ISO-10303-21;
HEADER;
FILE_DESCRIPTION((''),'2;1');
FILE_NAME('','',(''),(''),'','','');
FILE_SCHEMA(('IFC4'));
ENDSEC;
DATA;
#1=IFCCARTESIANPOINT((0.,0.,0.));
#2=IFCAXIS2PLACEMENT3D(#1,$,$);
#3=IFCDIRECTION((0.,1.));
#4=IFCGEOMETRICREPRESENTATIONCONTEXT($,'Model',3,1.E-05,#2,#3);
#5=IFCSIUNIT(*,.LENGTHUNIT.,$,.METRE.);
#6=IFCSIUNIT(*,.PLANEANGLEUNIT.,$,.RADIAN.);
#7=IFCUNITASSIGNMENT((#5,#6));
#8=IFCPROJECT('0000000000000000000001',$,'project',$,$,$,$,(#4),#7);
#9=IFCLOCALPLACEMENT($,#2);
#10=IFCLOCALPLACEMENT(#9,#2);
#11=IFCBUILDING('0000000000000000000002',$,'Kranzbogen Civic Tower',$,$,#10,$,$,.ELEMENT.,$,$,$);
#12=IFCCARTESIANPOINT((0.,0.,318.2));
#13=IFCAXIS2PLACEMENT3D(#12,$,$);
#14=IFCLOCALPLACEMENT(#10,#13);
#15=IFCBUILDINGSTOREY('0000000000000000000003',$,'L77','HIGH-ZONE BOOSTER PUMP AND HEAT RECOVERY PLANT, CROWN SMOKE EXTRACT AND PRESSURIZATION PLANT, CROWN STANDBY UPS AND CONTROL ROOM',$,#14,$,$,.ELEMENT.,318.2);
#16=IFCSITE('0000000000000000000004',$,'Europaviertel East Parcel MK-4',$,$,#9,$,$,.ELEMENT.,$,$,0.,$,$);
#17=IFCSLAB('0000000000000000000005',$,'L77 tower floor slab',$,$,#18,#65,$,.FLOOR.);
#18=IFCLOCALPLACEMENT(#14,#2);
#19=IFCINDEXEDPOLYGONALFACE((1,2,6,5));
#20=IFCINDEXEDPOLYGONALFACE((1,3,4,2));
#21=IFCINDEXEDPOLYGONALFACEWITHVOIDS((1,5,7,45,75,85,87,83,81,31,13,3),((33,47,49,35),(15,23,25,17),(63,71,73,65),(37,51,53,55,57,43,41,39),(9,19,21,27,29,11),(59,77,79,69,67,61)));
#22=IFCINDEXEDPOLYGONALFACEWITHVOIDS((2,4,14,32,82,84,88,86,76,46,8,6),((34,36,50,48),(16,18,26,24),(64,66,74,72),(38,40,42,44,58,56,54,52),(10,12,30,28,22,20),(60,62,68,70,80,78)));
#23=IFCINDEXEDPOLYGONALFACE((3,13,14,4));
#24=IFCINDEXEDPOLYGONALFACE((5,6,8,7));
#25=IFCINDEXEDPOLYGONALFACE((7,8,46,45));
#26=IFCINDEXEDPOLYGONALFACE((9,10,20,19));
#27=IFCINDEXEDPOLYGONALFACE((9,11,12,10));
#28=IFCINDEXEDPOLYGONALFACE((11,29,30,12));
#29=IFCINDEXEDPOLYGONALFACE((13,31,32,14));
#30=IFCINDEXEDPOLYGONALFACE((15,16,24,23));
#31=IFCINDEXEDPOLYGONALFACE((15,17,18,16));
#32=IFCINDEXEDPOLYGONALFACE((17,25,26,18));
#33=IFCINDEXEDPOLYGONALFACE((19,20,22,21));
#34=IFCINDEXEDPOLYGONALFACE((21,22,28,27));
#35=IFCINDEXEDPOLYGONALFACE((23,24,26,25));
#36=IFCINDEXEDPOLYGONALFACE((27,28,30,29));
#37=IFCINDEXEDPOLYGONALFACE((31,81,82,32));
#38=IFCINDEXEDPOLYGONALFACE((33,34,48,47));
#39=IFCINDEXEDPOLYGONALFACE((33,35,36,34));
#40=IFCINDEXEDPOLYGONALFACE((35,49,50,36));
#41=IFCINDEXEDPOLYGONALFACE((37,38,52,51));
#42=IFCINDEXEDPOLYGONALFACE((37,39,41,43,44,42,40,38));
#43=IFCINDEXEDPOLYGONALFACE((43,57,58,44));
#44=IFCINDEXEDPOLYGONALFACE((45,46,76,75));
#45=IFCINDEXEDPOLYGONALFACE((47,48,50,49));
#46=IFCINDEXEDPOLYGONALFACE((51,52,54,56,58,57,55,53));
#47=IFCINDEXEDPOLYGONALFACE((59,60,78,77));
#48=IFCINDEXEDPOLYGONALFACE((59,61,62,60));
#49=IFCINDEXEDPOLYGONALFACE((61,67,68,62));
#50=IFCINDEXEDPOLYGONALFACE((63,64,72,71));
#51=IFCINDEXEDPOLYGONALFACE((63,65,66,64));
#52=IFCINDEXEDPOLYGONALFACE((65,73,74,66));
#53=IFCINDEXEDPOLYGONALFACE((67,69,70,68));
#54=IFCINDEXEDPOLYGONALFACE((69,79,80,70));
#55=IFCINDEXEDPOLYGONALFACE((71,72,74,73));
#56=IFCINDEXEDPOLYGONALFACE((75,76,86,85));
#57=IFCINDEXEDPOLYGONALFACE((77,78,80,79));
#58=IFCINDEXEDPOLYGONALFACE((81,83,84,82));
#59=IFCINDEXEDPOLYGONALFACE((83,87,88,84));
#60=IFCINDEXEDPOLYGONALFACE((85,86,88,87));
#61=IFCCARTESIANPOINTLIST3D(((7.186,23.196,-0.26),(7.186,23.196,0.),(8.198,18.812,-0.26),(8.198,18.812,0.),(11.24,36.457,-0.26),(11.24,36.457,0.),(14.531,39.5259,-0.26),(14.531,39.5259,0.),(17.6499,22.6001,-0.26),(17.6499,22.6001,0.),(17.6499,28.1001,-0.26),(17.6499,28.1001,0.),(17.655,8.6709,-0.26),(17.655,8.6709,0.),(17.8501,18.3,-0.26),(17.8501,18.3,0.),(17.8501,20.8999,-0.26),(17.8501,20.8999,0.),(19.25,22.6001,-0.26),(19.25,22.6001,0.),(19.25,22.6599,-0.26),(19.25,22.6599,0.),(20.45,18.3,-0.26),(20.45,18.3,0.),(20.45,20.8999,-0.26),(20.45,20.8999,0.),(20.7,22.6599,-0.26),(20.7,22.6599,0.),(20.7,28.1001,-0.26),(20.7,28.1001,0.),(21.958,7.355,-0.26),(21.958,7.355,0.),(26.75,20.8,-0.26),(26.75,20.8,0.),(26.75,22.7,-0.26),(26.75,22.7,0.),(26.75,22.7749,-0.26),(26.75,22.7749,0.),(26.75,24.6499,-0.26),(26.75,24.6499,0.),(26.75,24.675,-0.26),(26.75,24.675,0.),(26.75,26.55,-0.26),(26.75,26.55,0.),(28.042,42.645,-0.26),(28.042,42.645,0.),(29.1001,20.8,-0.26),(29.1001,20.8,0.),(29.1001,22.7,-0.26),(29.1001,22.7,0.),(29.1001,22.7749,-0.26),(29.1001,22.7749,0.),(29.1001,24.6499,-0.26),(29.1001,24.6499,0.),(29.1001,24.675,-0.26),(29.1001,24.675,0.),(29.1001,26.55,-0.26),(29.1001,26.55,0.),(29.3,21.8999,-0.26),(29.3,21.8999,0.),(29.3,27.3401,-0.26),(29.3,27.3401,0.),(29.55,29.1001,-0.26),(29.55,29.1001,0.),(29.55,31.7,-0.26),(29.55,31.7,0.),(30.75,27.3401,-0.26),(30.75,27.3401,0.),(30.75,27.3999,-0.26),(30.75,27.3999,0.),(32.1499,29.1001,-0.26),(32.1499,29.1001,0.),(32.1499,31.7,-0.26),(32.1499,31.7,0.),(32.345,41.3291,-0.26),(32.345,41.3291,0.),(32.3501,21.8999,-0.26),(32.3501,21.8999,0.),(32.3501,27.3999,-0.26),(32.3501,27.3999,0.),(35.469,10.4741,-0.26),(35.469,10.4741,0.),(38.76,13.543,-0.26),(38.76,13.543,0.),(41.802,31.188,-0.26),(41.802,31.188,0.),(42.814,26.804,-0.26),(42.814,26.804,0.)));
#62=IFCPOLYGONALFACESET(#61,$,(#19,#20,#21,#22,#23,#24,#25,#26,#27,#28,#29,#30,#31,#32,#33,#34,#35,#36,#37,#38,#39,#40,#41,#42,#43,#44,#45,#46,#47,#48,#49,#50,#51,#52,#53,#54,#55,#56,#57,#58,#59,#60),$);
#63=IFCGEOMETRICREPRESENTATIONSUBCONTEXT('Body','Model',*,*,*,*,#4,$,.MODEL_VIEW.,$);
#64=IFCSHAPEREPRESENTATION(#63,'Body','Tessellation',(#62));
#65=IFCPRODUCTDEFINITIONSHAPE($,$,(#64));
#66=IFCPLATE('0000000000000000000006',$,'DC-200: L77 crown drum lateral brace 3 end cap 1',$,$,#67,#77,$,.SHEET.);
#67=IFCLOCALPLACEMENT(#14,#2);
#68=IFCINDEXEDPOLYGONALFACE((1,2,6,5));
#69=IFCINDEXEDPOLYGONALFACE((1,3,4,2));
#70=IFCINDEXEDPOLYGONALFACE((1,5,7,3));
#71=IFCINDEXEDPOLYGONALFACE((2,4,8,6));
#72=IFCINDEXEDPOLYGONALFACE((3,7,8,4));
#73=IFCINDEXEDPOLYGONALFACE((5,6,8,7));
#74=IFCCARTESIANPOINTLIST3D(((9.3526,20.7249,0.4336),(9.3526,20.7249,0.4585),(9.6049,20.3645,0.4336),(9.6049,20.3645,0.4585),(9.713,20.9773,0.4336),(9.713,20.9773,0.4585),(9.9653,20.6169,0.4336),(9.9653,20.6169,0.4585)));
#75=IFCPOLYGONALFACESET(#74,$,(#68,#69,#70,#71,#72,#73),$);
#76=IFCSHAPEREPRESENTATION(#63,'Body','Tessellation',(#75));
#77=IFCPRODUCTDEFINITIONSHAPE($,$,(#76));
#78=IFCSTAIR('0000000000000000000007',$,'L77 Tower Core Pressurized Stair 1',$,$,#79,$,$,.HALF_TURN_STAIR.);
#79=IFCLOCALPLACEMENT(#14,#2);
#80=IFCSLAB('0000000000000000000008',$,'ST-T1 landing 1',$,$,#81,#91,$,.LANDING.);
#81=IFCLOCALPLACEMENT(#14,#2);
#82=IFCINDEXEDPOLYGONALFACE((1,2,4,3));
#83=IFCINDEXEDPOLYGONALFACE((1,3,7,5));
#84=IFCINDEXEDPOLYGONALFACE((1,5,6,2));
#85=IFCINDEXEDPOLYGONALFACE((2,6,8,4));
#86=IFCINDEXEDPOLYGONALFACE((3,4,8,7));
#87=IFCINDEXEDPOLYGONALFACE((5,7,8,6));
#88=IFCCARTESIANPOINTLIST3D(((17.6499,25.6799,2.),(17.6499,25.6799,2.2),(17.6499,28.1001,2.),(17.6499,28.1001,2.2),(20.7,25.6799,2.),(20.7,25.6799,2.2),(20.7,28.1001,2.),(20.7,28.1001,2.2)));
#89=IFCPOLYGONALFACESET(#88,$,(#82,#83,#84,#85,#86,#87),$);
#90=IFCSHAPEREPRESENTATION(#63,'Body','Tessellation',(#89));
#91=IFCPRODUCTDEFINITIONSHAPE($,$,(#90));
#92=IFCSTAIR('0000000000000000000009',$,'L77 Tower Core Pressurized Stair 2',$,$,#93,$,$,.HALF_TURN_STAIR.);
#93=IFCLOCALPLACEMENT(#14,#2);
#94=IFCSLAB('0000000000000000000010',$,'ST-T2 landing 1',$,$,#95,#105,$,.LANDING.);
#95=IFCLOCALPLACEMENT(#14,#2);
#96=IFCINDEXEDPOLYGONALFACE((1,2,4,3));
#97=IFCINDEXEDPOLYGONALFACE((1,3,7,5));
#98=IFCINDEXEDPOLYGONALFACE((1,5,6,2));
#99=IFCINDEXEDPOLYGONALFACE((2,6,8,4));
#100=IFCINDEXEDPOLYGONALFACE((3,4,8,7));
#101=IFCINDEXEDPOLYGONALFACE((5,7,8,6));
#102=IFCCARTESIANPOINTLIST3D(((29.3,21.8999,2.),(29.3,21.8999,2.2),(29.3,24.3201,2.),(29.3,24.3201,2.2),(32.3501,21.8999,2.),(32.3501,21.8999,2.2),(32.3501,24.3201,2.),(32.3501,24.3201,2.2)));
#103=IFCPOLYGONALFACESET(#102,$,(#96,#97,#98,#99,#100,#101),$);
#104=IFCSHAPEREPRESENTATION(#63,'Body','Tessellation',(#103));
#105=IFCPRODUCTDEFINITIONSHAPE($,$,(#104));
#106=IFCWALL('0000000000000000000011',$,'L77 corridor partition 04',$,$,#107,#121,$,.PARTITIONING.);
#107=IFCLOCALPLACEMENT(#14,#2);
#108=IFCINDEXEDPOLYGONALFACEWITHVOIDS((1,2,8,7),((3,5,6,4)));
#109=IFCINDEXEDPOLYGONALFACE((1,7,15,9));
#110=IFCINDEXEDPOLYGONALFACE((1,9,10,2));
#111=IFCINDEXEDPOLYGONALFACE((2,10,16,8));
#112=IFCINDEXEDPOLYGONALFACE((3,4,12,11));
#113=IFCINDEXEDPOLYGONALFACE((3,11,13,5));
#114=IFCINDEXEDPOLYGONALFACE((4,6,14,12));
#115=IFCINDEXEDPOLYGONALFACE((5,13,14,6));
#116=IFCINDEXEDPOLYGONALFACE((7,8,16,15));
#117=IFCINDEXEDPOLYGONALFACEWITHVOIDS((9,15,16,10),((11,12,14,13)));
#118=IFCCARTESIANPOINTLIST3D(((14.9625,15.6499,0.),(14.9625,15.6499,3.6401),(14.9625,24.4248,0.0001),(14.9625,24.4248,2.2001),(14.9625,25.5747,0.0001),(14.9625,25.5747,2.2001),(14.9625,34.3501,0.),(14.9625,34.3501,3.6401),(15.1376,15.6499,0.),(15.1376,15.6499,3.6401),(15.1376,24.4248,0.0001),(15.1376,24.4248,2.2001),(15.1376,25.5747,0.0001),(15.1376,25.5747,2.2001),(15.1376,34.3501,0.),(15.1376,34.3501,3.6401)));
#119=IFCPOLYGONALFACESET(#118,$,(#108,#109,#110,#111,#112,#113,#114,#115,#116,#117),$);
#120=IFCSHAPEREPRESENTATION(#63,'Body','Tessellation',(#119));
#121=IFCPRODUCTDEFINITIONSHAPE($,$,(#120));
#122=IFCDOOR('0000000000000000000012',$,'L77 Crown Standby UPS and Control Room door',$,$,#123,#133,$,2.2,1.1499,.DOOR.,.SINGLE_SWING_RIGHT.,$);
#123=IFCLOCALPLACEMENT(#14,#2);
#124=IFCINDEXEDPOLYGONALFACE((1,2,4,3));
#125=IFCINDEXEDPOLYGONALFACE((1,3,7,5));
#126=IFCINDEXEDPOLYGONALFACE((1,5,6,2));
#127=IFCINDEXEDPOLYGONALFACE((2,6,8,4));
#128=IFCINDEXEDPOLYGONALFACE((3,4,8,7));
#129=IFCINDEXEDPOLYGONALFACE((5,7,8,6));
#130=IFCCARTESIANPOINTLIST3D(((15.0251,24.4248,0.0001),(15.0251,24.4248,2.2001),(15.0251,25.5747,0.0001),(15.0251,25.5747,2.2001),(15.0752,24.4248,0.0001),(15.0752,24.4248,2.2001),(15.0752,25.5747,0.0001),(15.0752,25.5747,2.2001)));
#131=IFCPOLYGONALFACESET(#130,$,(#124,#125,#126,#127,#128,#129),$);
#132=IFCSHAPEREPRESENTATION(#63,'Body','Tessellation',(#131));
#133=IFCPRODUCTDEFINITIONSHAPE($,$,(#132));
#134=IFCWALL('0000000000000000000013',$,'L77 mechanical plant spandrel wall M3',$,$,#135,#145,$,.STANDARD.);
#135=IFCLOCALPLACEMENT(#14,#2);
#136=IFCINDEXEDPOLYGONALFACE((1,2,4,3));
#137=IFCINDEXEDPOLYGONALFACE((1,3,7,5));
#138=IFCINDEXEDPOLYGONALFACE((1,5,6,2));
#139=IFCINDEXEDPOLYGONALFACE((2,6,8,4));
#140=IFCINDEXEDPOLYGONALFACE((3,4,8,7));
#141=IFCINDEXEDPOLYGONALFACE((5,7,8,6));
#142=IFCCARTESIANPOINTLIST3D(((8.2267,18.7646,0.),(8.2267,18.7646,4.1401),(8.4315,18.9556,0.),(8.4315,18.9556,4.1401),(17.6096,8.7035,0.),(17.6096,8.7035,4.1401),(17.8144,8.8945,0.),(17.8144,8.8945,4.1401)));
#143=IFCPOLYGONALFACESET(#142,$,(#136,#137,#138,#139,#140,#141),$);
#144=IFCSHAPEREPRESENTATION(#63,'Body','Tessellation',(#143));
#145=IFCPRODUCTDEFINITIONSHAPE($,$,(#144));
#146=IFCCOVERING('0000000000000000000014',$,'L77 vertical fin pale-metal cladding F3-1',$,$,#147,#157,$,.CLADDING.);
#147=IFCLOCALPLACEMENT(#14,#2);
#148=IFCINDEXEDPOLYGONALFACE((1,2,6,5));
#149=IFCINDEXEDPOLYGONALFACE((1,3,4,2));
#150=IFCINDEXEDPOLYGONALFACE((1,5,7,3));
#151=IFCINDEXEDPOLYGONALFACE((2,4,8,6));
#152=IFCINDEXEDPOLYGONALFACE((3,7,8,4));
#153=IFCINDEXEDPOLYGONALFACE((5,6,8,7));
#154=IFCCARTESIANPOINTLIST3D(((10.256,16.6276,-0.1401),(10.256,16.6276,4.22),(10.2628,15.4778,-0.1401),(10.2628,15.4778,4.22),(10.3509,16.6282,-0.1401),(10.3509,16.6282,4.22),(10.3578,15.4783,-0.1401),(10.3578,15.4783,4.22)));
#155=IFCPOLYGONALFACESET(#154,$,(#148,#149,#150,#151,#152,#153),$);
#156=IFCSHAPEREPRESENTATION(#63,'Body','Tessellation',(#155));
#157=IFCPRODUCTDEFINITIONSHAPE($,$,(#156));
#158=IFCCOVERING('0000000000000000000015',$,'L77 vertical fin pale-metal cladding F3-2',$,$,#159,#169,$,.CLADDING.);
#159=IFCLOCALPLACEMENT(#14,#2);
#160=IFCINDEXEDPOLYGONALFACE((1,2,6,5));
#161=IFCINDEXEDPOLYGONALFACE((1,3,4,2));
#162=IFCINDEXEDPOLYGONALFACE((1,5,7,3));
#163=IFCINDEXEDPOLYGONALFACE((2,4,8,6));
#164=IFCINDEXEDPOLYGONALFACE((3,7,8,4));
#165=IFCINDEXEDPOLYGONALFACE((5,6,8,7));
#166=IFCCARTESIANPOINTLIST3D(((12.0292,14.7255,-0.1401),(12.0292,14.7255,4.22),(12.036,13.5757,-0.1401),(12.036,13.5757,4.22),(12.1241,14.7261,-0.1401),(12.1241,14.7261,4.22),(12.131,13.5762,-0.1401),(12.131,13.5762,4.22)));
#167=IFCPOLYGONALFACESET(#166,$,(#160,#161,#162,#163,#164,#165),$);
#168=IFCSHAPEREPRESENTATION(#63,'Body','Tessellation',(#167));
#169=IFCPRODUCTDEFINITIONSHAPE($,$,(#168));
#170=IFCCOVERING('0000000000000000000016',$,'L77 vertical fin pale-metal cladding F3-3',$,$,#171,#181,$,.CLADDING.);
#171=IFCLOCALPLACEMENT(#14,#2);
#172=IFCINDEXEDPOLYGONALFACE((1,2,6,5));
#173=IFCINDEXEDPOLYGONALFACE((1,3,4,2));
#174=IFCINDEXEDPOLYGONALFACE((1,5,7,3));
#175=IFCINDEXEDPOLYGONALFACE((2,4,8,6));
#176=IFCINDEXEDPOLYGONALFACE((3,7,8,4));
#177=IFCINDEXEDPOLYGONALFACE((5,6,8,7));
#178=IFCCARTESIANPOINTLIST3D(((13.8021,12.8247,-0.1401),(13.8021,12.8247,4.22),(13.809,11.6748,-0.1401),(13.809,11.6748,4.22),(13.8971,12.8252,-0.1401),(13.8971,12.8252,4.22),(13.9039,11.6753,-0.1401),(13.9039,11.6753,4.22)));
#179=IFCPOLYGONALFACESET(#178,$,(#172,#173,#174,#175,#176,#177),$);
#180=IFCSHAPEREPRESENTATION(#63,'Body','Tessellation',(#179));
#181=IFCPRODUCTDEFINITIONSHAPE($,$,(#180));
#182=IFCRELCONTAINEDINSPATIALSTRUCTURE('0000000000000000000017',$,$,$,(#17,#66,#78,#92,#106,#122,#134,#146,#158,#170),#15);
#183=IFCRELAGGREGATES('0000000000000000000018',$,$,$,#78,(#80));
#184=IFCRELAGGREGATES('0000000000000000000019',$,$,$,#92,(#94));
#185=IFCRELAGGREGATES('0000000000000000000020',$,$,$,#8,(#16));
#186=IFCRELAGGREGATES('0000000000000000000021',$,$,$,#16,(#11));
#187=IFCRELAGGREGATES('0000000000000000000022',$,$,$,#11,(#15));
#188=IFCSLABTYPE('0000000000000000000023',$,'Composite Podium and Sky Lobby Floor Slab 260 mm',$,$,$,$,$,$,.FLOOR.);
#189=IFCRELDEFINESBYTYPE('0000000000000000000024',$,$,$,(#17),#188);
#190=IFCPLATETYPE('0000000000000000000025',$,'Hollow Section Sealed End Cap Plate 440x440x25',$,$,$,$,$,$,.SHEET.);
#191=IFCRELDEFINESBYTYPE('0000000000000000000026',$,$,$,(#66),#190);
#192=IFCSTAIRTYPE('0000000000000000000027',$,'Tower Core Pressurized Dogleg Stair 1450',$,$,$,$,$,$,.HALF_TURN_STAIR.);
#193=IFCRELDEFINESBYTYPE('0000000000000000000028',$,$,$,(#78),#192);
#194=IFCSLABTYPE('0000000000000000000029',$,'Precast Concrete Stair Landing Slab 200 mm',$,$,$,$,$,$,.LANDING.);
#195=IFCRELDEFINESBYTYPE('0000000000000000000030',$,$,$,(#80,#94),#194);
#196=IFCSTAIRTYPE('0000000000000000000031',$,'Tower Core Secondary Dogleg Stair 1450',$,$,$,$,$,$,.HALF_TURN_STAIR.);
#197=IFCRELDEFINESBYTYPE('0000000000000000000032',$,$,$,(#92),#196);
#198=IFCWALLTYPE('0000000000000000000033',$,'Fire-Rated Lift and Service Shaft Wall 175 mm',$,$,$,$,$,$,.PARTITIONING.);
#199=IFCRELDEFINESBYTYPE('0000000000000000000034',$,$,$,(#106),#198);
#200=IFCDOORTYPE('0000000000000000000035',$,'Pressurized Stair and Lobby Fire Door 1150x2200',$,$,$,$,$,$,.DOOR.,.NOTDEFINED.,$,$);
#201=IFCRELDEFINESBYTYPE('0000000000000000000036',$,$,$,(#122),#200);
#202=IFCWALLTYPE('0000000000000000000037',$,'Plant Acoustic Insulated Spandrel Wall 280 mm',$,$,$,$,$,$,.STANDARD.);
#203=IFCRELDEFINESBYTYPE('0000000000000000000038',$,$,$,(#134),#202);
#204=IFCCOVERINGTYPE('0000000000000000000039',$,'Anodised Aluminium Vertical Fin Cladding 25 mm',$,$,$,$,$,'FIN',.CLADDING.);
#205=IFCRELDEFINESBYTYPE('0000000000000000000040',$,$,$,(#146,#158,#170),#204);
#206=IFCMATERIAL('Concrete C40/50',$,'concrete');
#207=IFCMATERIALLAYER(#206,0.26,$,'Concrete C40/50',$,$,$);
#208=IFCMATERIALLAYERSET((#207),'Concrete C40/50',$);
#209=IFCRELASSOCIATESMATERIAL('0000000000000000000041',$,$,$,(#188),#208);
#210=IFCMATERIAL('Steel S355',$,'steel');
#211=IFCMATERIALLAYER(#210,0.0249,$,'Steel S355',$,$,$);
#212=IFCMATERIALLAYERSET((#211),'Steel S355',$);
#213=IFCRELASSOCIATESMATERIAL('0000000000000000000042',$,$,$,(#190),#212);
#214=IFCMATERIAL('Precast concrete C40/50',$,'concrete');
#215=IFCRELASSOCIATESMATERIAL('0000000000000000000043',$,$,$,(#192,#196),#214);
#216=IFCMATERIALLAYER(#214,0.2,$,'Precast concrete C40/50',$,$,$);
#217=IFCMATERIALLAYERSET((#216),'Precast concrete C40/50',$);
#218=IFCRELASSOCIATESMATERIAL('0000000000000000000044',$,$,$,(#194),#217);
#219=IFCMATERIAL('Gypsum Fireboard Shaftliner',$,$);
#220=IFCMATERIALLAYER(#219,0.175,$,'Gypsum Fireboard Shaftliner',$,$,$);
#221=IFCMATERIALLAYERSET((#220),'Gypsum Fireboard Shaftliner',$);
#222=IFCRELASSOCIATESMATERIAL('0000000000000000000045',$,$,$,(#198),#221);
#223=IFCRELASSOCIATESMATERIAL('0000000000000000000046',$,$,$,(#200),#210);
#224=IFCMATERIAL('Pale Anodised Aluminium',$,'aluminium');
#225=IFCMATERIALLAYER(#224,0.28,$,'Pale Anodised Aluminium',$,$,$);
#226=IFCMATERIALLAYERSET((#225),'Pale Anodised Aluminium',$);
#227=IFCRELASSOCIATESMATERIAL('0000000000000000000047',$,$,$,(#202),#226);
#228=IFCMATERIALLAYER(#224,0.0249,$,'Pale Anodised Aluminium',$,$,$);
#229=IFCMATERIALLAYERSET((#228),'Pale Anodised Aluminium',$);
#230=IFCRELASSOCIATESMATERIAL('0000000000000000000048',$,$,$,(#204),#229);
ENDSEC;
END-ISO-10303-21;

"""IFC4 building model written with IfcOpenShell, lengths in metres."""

from ifc_helpers import new_model, si_unit, direction, frame, frame_2d, origin, origin_2d, place, context, subcontext, project, spatial, polyline, rectangle, outline, extrude, material, layer, layer_set, type_object, element, fill, aggregate, save


model = new_model("IFC4")

# Units and contexts
model_context = context("Model", 3, precision=1e-05, world=origin(), true_north=direction((0.0, 1.0)))
body_context = subcontext(model_context, "Body", "Model", "MODEL_VIEW")
ifc_project = project(units=[si_unit("LENGTHUNIT", "METRE"), si_unit("PLANEANGLEUNIT", "RADIAN")], contexts=[model_context])

# Site, building, storey
site_placement = place(None, origin())
site = spatial("IfcSite", under=ifc_project, at=site_placement, Name="Europaviertel East Parcel MK-4", CompositionType="ELEMENT", RefElevation=0.0)
building_placement = place(site_placement, origin())
building = spatial("IfcBuilding", under=site, at=building_placement, Name="Kranzbogen Civic Tower", CompositionType="ELEMENT")
storey_placement = place(building_placement, frame((0.0, 0.0, 318.2)))
storey = spatial("IfcBuildingStorey", under=building, at=storey_placement, Name="L77", Description="HIGH-ZONE BOOSTER PUMP AND HEAT RECOVERY PLANT, CROWN SMOKE EXTRACT AND PRESSURIZATION PLANT, CROWN STANDBY UPS AND CONTROL ROOM", CompositionType="ELEMENT", Elevation=318.2)

# Shared definitions
ifc_material_1 = material(Name="Steel S355", Category="steel")

# Slab
ifc_material_2 = material(Name="Concrete C40/50", Category="concrete")
ifc_layer_1 = layer(ifc_material_2, 0.26, Name="Concrete C40/50")
ifc_layer_set_1 = layer_set([ifc_layer_1], Name="Concrete C40/50")
slab_type_1 = type_object("IfcSlabType", Name="Composite Podium and Sky Lobby Floor Slab 260 mm", PredefinedType="FLOOR", material=ifc_layer_set_1)
slab_1_placement = place(storey_placement, frame((0.0, 0.0, -0.26)))
element("IfcSlab", 1, at=slab_1_placement, inside=storey, type_object=slab_type_1, Name="L77 tower floor slab", PredefinedType="FLOOR", context=body_context, shape_type="SweptSolid", body=[
    extrude(outline(polyline([(28.042, 42.645), (14.531, 39.5259), (11.24, 36.457), (7.186, 23.196), (8.198, 18.812), (17.655, 8.6709), (21.958, 7.355), (35.469, 10.4741), (38.76, 13.543), (42.814, 26.804), (41.802, 31.188), (32.345, 41.3291), (28.042, 42.645)]), holes=[polyline([(17.8501, 20.8999), (20.45, 20.8999), (20.45, 18.3), (17.8501, 18.3), (17.8501, 20.8999)]), polyline([(29.1001, 22.7), (29.1001, 20.8), (26.75, 20.8), (26.75, 22.7), (29.1001, 22.7)]), polyline([(29.1001, 24.6499), (29.1001, 22.7749), (26.75, 22.7749), (26.75, 24.6499), (26.75, 24.675), (26.75, 26.55), (29.1001, 26.55), (29.1001, 24.675), (29.1001, 24.6499)]), polyline([(29.3, 27.3401), (30.75, 27.3401), (30.75, 27.3999), (32.3501, 27.3999), (32.3501, 21.8999), (29.3, 21.8999), (29.3, 27.3401)]), polyline([(20.7, 22.6599), (19.25, 22.6599), (19.25, 22.6001), (17.6499, 22.6001), (17.6499, 28.1001), (20.7, 28.1001), (20.7, 22.6599)]), polyline([(32.1499, 31.7), (32.1499, 29.1001), (29.55, 29.1001), (29.55, 31.7), (32.1499, 31.7)])]), origin(), (0.0, 0.0, 1.0), 0.26),
])

# Plate
ifc_layer_2 = layer(ifc_material_1, 0.0249, Name="Steel S355")
ifc_layer_set_2 = layer_set([ifc_layer_2], Name="Steel S355")
plate_type = type_object("IfcPlateType", Name="Hollow Section Sealed End Cap Plate 440x440x25", PredefinedType="SHEET", material=ifc_layer_set_2)
plate_placement = place(storey_placement, frame((9.6589, 20.6709, 0.4336), z_axis=(0.0, 0.0, 1.0), x_axis=(0.573534, -0.819182, 0.0)))
element("IfcPlate", 2, at=plate_placement, inside=storey, type_object=plate_type, Name="DC-200: L77 crown drum lateral brace 3 end cap 1", PredefinedType="SHEET", context=body_context, shape_type="SweptSolid", body=[
    extrude(rectangle(XDim=0.4399, YDim=0.4399, at=origin_2d()), origin(), (0.0, 0.0, 1.0), 0.0249),
])

# Stairs, slabs
ifc_material_3 = material(Name="Precast concrete C40/50", Category="concrete")
stair_type_1 = type_object("IfcStairType", Name="Tower Core Pressurized Dogleg Stair 1450", PredefinedType="HALF_TURN_STAIR", material=ifc_material_3)
stair_1_placement = place(storey_placement, origin())
stair_1 = element("IfcStair", 3, at=stair_1_placement, inside=storey, type_object=stair_type_1, Name="L77 Tower Core Pressurized Stair 1", PredefinedType="HALF_TURN_STAIR")
ifc_layer_3 = layer(ifc_material_3, 0.2, Name="Precast concrete C40/50")
ifc_layer_set_3 = layer_set([ifc_layer_3], Name="Precast concrete C40/50")
slab_type_2 = type_object("IfcSlabType", Name="Precast Concrete Stair Landing Slab 200 mm", PredefinedType="LANDING", material=ifc_layer_set_3)
slab_2_placement = place(storey_placement, frame((0.0, 0.0, 2.0)))
slab_2 = element("IfcSlab", 4, at=slab_2_placement, type_object=slab_type_2, Name="ST-T1 landing 1", PredefinedType="LANDING", context=body_context, shape_type="SweptSolid", body=[
    extrude(outline(polyline([(20.7, 25.6799), (20.7, 28.1001), (17.6499, 28.1001), (17.6499, 25.6799), (20.7, 25.6799)])), origin(), (0.0, 0.0, 1.0), 0.2),
])
aggregate(stair_1, [slab_2])
stair_type_2 = type_object("IfcStairType", Name="Tower Core Secondary Dogleg Stair 1450", PredefinedType="HALF_TURN_STAIR", material=ifc_material_3)
stair_2_placement = place(storey_placement, origin())
stair_2 = element("IfcStair", 5, at=stair_2_placement, inside=storey, type_object=stair_type_2, Name="L77 Tower Core Pressurized Stair 2", PredefinedType="HALF_TURN_STAIR")
slab_3_placement = place(storey_placement, frame((0.0, 0.0, 2.0)))
slab_3 = element("IfcSlab", 6, at=slab_3_placement, type_object=slab_type_2, Name="ST-T2 landing 1", PredefinedType="LANDING", context=body_context, shape_type="SweptSolid", body=[
    extrude(outline(polyline([(29.3, 24.3201), (29.3, 21.8999), (32.3501, 21.8999), (32.3501, 24.3201), (29.3, 24.3201)])), origin(), (0.0, 0.0, 1.0), 0.2),
])
aggregate(stair_2, [slab_3])

# Wall, opening, door
ifc_material_4 = material(Name="Gypsum Fireboard Shaftliner")
ifc_layer_4 = layer(ifc_material_4, 0.175, Name="Gypsum Fireboard Shaftliner")
ifc_layer_set_4 = layer_set([ifc_layer_4], Name="Gypsum Fireboard Shaftliner")
wall_type_1 = type_object("IfcWallType", Name="Fire-Rated Lift and Service Shaft Wall 175 mm", PredefinedType="PARTITIONING", material=ifc_layer_set_4)
wall_1_placement = place(storey_placement, frame((15.05, 15.6499, 0.0), z_axis=(0.0, 0.0, 1.0), x_axis=(0.0, 1.0, 0.0)))
wall_1 = element("IfcWall", 7, at=wall_1_placement, inside=storey, type_object=wall_type_1, Name="L77 corridor partition 04", PredefinedType="PARTITIONING", context=body_context, shape_type="SweptSolid", body=[
    extrude(rectangle(XDim=18.7002, YDim=0.175, at=frame_2d((9.3501, 0.0))), origin(), (0.0, 0.0, 1.0), 3.6401),
])
opening_placement = place(wall_1_placement, frame((8.7749, 0.0, 0.0)))
opening = element("IfcOpeningElement", 8, at=opening_placement, cuts=wall_1, PredefinedType="OPENING", context=body_context, shape_type="SweptSolid", body=[
    extrude(rectangle(XDim=1.1499, YDim=2.2, at=frame_2d((0.575, 1.1001))), frame((0.0, 0.0977, 0.0), z_axis=(0.0, -1.0, 0.0), x_axis=(1.0, 0.0, 0.0)), (0.0, 0.0, 1.0), 0.1951),
])
door_type = type_object("IfcDoorType", Name="Pressurized Stair and Lobby Fire Door 1150x2200", OperationType="NOTDEFINED", PredefinedType="DOOR", material=ifc_material_1)
door_placement = place(opening_placement, origin())
door = element("IfcDoor", 9, at=door_placement, inside=storey, type_object=door_type, Name="L77 Crown Standby UPS and Control Room door", OperationType="SINGLE_SWING_RIGHT", OverallHeight=2.2, OverallWidth=1.1499, PredefinedType="DOOR", context=body_context, shape_type="SweptSolid", body=[
    extrude(rectangle(XDim=1.1499, YDim=2.2, at=frame_2d((0.575, 1.1001))), frame((0.0, 0.0249, 0.0), z_axis=(0.0, -1.0, 0.0), x_axis=(1.0, 0.0, 0.0)), (0.0, 0.0, 1.0), 0.05),
])
fill(opening, door)

# Wall
ifc_material_5 = material(Name="Pale Anodised Aluminium", Category="aluminium")
ifc_layer_5 = layer(ifc_material_5, 0.28, Name="Pale Anodised Aluminium")
ifc_layer_set_5 = layer_set([ifc_layer_5], Name="Pale Anodised Aluminium")
wall_type_2 = type_object("IfcWallType", Name="Plant Acoustic Insulated Spandrel Wall 280 mm", PredefinedType="STANDARD", material=ifc_layer_set_5)
wall_2_placement = place(storey_placement, frame((8.3291, 18.8601, 0.0), z_axis=(0.0, 0.0, 1.0), x_axis=(0.682027, -0.731327, 0.0)))
element("IfcWall", 10, at=wall_2_placement, inside=storey, type_object=wall_type_2, Name="L77 mechanical plant spandrel wall M3", PredefinedType="STANDARD", context=body_context, shape_type="SweptSolid", body=[
    extrude(rectangle(XDim=13.7573, YDim=0.28, at=frame_2d((6.8787, 0.0))), origin(), (0.0, 0.0, 1.0), 4.1401),
])

# Coverings
ifc_layer_6 = layer(ifc_material_5, 0.0249, Name="Pale Anodised Aluminium")
ifc_layer_set_6 = layer_set([ifc_layer_6], Name="Pale Anodised Aluminium")
covering_type = type_object("IfcCoveringType", Name="Anodised Aluminium Vertical Fin Cladding 25 mm", ElementType="FIN", PredefinedType="CLADDING", material=ifc_layer_set_6)
for number, where, z_axis, x_axis, name in (
    (11, (10.3069, 16.053, -0.1401), (0.0, 0.0, 1.0), (0.005969, -0.999982, 0.0), "L77 vertical fin pale-metal cladding F3-1"),
    (12, (12.0801, 14.1509, -0.1401), (0.0, 0.0, 1.0), (0.005969, -0.999982, 0.0), "L77 vertical fin pale-metal cladding F3-2"),
    (13, (13.853, 12.25, -0.1401), (0.0, 0.0, 1.0), (0.005969, -0.999982, 0.0), "L77 vertical fin pale-metal cladding F3-3"),
):
    element("IfcCovering", number, at=place(storey_placement, frame(where, z_axis=z_axis, x_axis=x_axis)), inside=storey, type_object=covering_type, Name=name, PredefinedType="CLADDING", context=body_context, shape_type="SweptSolid", body=[
        extrude(rectangle(XDim=1.1499, YDim=0.095, at=origin_2d()), origin(), (0.0, 0.0, 1.0), 4.3601),
    ])

save(model, "model.ifc")
